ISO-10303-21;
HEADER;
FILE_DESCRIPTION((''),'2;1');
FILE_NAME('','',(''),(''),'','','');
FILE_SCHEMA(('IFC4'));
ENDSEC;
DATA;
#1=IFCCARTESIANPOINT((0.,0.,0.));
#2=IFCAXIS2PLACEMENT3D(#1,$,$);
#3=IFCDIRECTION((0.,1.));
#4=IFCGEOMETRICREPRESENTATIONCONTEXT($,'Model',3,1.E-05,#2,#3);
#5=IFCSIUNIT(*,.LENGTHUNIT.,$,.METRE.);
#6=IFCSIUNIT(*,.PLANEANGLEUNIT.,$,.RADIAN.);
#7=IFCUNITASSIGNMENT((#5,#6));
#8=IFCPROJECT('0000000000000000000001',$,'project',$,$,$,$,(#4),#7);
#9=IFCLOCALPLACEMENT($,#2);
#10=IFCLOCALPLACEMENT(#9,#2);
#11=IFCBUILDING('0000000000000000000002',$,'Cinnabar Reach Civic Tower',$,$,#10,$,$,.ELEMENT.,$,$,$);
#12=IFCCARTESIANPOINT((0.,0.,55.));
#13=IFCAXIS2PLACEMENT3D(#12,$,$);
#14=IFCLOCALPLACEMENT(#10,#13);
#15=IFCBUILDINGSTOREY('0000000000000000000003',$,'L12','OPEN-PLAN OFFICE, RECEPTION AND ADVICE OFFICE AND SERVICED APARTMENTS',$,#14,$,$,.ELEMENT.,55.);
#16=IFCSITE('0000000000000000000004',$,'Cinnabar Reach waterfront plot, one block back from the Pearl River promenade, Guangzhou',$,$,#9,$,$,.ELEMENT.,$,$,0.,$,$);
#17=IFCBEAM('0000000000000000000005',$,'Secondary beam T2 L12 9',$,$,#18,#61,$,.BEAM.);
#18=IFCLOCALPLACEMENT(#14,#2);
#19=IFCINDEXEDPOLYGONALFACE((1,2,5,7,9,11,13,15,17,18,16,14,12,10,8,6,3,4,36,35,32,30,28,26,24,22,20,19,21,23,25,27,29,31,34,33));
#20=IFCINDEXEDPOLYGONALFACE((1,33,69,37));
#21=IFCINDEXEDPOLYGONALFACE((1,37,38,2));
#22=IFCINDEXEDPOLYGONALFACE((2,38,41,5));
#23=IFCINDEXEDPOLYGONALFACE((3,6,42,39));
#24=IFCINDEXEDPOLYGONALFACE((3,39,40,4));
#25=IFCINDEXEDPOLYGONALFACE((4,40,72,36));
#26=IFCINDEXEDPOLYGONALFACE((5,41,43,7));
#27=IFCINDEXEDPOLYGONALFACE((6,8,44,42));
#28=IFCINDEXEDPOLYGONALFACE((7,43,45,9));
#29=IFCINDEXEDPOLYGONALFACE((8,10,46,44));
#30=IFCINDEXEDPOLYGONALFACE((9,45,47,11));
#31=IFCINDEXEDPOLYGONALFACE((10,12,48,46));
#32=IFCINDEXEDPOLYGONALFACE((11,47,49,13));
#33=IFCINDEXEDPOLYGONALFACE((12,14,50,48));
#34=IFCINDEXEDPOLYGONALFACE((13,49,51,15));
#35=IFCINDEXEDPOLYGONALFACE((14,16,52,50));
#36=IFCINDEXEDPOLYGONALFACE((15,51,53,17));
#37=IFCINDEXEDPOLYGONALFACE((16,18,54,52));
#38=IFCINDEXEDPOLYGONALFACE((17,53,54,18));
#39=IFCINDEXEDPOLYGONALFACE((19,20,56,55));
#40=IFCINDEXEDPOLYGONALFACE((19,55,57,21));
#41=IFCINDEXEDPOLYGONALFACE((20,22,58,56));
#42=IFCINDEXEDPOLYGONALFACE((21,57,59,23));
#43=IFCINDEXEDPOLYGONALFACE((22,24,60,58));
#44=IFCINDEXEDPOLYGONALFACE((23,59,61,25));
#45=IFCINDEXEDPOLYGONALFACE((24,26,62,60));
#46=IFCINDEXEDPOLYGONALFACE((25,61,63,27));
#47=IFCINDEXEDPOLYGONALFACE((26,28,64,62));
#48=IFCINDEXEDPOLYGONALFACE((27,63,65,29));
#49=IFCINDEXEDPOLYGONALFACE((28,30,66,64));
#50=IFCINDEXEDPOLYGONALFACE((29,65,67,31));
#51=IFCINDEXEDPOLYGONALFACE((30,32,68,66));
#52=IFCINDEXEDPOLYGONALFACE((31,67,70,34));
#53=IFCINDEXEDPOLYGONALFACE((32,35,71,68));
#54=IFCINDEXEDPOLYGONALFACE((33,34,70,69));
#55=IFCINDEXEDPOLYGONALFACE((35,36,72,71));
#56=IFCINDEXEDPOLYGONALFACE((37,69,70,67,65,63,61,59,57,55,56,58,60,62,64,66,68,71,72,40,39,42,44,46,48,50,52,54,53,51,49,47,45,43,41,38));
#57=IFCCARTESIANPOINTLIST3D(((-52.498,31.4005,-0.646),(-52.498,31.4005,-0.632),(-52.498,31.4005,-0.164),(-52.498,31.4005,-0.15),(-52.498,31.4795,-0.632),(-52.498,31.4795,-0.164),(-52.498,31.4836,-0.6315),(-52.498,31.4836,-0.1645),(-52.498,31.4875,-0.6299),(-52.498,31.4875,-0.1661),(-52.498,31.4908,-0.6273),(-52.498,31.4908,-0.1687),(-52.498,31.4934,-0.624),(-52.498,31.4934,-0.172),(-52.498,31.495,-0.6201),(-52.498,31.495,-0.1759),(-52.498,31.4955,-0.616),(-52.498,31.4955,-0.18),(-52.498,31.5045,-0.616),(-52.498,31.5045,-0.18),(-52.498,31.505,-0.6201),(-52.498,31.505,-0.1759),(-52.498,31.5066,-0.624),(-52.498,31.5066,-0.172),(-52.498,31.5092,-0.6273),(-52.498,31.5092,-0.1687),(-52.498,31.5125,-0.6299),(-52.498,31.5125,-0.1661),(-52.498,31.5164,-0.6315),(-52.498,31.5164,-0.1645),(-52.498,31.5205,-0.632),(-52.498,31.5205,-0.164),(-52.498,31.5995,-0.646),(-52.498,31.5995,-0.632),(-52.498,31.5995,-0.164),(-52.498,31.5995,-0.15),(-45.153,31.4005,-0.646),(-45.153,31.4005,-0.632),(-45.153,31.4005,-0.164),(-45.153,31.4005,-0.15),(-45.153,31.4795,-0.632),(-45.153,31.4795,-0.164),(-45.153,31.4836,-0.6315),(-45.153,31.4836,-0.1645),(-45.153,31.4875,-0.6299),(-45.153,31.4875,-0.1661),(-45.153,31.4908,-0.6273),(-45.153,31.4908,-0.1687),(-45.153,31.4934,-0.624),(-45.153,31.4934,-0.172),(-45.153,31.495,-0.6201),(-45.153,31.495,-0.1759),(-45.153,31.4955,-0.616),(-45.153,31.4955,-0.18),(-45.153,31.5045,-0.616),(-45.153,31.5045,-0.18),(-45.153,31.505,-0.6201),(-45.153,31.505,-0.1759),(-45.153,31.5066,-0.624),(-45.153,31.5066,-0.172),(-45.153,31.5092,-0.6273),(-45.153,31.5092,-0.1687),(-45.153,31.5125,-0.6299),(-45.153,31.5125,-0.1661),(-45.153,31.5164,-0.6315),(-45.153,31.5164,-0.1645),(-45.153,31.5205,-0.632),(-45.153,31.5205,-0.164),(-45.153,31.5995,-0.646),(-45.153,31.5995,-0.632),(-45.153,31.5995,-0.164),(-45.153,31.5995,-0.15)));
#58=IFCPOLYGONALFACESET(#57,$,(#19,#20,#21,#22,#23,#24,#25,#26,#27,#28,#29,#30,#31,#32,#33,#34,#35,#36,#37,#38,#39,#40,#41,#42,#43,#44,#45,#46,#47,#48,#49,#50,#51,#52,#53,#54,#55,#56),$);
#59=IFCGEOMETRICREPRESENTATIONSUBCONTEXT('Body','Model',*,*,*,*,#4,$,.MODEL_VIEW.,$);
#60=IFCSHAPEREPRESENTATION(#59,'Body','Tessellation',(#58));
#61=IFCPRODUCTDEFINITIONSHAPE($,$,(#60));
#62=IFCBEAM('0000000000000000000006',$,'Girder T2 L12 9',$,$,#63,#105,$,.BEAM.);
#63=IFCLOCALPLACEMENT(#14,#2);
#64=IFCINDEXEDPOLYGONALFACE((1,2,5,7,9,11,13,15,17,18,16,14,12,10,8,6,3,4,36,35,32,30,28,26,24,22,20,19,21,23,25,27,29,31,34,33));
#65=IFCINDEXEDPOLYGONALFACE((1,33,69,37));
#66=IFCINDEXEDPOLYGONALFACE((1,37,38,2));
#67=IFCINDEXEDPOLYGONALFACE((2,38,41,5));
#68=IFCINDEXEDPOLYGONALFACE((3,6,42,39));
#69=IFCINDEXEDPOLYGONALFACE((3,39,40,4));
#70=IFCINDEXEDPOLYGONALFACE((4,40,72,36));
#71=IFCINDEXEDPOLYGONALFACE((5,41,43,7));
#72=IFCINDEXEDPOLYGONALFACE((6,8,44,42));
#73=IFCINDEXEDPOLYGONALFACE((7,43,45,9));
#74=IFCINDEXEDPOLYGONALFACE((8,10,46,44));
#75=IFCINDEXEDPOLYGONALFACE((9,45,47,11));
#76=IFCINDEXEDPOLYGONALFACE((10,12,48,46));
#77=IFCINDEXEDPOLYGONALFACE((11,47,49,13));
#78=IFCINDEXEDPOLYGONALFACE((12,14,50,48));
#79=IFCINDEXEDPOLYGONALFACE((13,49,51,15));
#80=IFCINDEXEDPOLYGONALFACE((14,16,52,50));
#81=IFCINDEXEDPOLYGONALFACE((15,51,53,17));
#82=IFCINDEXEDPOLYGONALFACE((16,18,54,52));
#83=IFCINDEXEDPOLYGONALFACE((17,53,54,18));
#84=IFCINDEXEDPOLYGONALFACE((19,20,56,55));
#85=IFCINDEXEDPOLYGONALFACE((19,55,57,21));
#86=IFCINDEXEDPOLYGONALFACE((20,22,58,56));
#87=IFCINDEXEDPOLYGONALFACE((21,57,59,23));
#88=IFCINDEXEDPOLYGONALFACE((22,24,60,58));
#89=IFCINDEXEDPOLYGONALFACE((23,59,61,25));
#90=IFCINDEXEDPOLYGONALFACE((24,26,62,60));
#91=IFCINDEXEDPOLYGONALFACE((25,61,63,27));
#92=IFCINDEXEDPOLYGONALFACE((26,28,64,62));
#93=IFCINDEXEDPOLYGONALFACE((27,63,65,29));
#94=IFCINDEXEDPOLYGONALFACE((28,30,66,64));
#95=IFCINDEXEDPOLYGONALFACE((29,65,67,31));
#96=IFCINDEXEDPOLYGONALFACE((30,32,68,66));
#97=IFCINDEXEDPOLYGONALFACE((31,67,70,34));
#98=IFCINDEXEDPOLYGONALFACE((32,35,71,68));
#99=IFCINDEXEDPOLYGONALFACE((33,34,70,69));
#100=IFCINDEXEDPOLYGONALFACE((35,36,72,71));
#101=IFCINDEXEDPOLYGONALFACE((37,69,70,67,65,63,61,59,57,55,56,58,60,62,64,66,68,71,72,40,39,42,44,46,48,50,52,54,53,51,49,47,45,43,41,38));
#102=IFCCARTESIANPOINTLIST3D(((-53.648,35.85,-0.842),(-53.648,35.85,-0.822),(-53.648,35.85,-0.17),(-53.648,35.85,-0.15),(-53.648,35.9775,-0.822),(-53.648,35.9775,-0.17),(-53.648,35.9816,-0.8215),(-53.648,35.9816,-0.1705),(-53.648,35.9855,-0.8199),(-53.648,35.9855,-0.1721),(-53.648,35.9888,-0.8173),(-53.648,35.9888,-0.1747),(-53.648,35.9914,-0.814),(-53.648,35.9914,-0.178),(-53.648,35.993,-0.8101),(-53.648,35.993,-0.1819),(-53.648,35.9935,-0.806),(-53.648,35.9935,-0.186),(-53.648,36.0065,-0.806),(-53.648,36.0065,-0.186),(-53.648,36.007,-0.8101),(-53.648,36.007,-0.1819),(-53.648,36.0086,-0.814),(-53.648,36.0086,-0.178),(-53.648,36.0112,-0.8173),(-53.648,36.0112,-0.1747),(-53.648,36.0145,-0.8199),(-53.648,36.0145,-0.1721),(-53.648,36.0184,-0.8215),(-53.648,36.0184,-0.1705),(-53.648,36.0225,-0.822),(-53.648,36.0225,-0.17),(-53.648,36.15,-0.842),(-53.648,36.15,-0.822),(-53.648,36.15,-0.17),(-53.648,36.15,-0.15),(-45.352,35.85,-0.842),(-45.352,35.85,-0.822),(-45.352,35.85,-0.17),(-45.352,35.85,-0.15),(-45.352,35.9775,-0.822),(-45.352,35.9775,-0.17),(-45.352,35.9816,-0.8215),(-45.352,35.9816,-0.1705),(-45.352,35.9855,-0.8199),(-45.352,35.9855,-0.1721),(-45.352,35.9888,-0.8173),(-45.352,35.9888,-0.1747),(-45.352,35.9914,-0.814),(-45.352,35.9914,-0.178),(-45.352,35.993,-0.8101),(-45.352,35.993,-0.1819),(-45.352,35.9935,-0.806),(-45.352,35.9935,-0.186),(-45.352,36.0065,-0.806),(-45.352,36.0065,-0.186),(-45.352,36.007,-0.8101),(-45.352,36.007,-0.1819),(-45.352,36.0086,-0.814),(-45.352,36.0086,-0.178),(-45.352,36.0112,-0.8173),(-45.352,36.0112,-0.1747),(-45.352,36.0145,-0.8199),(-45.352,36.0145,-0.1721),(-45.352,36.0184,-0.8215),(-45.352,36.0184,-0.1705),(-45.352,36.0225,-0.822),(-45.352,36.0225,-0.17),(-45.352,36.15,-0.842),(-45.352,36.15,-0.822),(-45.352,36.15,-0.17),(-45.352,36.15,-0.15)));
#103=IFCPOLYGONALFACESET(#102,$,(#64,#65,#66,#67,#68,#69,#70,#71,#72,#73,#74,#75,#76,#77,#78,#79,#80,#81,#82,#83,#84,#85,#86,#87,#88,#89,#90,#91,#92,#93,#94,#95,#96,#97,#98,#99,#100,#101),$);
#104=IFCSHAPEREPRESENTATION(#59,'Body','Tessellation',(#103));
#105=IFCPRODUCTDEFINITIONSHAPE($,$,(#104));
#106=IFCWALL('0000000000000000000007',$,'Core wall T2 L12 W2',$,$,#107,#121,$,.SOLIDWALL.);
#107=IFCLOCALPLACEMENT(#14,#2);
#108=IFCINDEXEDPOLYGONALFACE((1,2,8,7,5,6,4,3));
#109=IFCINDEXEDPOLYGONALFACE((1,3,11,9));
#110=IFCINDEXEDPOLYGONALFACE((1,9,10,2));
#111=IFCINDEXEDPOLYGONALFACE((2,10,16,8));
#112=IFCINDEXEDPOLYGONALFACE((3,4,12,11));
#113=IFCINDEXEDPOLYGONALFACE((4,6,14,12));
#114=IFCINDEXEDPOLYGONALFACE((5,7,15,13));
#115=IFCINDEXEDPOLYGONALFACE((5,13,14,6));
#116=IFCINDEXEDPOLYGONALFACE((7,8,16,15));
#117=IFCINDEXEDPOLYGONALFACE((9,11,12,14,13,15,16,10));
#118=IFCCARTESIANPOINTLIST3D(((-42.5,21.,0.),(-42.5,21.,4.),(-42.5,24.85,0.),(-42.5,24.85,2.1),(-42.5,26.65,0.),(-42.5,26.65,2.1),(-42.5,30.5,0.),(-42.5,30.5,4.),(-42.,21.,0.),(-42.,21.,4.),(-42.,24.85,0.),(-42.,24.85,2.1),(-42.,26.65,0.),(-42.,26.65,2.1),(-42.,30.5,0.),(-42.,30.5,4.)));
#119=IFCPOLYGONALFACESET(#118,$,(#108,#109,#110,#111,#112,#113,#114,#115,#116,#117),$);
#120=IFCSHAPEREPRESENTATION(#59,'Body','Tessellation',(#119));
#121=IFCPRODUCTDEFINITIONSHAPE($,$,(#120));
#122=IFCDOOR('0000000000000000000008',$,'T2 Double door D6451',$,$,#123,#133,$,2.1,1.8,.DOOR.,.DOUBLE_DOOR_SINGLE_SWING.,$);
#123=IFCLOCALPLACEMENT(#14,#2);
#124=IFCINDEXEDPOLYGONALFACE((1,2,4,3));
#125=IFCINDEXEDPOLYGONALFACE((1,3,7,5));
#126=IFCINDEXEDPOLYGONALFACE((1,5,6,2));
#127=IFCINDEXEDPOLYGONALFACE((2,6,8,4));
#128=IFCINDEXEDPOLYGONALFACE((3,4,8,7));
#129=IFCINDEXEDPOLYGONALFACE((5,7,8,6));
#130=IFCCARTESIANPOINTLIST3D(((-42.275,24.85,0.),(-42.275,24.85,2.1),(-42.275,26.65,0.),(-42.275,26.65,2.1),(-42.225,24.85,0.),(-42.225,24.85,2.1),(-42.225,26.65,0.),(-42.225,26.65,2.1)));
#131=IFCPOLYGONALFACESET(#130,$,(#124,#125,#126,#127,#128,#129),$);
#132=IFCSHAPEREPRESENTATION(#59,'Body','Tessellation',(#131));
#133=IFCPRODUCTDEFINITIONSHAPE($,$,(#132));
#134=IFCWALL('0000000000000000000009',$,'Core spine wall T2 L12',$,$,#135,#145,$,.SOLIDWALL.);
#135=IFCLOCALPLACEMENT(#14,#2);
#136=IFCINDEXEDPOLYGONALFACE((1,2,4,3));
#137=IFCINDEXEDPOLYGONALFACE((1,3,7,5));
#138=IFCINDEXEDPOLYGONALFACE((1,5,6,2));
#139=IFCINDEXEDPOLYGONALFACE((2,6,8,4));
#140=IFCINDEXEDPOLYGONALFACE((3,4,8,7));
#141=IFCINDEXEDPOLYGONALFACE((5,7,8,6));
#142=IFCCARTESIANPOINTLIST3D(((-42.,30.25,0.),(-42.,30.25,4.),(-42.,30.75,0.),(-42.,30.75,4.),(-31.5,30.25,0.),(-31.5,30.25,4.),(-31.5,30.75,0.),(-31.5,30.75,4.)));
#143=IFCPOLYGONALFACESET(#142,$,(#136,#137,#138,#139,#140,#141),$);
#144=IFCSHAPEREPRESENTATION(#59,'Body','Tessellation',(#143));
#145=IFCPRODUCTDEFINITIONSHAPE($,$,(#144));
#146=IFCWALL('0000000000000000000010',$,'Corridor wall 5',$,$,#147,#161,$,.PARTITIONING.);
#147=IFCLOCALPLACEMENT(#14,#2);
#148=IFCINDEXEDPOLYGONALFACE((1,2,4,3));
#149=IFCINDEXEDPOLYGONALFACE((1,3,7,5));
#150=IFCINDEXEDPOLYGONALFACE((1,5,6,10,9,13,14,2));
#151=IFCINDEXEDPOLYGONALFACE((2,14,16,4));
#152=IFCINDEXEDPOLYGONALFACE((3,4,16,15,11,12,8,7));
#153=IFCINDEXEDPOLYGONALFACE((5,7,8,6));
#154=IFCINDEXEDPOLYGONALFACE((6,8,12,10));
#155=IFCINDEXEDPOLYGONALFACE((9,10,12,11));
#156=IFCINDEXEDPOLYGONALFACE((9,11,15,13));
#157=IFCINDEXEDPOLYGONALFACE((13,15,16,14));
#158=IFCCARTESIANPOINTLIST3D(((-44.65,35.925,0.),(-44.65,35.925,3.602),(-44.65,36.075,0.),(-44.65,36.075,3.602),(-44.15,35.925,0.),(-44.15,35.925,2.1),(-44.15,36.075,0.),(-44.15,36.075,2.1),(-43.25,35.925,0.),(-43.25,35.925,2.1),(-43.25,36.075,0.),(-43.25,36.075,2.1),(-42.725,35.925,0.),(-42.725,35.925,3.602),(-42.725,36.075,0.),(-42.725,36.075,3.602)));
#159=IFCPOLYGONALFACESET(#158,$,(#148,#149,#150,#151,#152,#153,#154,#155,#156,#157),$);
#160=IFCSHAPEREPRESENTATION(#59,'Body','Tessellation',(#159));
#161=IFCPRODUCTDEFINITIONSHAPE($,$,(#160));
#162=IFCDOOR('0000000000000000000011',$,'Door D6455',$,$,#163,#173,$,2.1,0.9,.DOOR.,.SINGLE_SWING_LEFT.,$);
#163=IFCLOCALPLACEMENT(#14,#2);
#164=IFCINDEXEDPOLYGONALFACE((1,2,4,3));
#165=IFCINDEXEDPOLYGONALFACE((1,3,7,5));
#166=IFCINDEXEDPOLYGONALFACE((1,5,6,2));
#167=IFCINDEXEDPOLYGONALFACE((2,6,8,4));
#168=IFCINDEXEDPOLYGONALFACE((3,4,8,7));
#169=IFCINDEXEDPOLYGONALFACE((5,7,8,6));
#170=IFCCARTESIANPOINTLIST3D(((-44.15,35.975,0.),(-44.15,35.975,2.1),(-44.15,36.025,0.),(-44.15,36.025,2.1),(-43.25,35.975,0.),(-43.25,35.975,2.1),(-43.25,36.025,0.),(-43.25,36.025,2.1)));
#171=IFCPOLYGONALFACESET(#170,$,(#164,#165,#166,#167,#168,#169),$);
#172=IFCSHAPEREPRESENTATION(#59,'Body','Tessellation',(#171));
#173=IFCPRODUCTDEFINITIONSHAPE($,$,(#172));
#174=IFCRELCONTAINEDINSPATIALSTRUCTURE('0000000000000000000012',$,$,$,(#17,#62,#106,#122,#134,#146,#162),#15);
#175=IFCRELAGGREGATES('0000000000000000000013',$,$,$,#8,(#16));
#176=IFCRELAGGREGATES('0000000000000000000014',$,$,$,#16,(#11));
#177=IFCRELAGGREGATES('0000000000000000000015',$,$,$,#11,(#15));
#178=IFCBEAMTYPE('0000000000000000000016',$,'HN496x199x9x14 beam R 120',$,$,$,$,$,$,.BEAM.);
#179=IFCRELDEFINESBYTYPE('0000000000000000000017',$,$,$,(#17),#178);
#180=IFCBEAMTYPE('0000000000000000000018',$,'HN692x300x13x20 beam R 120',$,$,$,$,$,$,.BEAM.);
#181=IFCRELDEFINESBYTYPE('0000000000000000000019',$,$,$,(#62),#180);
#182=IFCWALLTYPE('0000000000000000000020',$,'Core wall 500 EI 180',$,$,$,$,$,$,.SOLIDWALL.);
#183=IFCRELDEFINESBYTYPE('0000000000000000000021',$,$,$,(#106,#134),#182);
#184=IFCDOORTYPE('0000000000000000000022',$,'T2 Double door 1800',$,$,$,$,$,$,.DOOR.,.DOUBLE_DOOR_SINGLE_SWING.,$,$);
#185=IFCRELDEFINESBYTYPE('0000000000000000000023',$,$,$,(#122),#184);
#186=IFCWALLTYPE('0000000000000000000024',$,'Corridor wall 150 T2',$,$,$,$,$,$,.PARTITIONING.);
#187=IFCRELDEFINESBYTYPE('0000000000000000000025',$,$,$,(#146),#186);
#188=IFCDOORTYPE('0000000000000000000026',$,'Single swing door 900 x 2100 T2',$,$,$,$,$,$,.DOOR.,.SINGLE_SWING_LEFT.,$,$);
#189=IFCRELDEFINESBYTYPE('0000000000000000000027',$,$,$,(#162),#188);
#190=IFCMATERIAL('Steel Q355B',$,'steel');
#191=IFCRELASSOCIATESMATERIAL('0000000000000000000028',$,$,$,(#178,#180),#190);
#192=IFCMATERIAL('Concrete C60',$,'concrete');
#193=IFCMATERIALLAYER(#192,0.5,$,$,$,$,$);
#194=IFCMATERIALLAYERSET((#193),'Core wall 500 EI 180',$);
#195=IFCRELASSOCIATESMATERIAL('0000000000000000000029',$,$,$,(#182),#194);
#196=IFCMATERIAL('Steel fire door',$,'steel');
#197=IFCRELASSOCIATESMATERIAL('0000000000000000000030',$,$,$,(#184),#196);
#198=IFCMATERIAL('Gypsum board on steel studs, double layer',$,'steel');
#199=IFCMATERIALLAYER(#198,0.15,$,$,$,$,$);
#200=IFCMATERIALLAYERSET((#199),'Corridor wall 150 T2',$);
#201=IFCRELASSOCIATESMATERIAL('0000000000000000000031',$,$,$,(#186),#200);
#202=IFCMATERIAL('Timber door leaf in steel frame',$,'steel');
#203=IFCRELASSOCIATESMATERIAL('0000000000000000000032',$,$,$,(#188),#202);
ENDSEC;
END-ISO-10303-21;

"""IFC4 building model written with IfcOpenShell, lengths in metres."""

from ifc_helpers import new_model, si_unit, direction, frame, frame_2d, origin, origin_2d, place, context, subcontext, project, spatial, rectangle, i_section, extrude, material, layer, layer_set, material_profile, profile_set, type_object, element, fill, save


model = new_model("IFC4")

# Units and contexts
model_context = context("Model", 3, precision=1e-05, world=origin(), true_north=direction((0.0, 1.0)))
body_context = subcontext(model_context, "Body", "Model", "MODEL_VIEW")
ifc_project = project(units=[si_unit("LENGTHUNIT", "METRE"), si_unit("PLANEANGLEUNIT", "RADIAN")], contexts=[model_context])

# Site, building, storey
site_placement = place(None, origin())
site = spatial("IfcSite", under=ifc_project, at=site_placement, Name="Cinnabar Reach waterfront plot, one block back from the Pearl River promenade, Guangzhou", CompositionType="ELEMENT", RefElevation=0.0)
building_placement = place(site_placement, origin())
building = spatial("IfcBuilding", under=site, at=building_placement, Name="Cinnabar Reach Civic Tower", CompositionType="ELEMENT")
storey_placement = place(building_placement, frame((0.0, 0.0, 55.0)))
storey = spatial("IfcBuildingStorey", under=building, at=storey_placement, Name="L12", Description="OPEN-PLAN OFFICE, RECEPTION AND ADVICE OFFICE AND SERVICED APARTMENTS", CompositionType="ELEMENT", Elevation=55.0)

# Shared definitions
ifc_material_1 = material(Name="Concrete C60", Category="concrete")

# Beams
ifc_material_2 = material(Name="Steel Q355B", Category="steel")
ifc_material_profile_1 = material_profile(ifc_material_2, i_section(OverallWidth=0.199, OverallDepth=0.496, WebThickness=0.009, FlangeThickness=0.014, FilletRadius=0.016, at=origin_2d()), Name="HN496x199x9x14")
ifc_profile_set_1 = profile_set([ifc_material_profile_1], Name="Steel Q355B")
beam_type_1 = type_object("IfcBeamType", Name="HN496x199x9x14 beam R 120", PredefinedType="BEAM", material=ifc_profile_set_1)
beam_1_placement = place(storey_placement, frame((-52.498, 31.5, -0.398), z_axis=(1.0, 0.0, 0.0), x_axis=(0.0, 1.0, 0.0)))
element("IfcBeam", 1, at=beam_1_placement, inside=storey, type_object=beam_type_1, Name="Secondary beam T2 L12 9", PredefinedType="BEAM", context=body_context, shape_type="SweptSolid", body=[
    extrude(i_section(OverallWidth=0.199, OverallDepth=0.496, WebThickness=0.009, FlangeThickness=0.014, FilletRadius=0.016, at=origin_2d()), origin(), (0.0, 0.0, 1.0), 7.345),
])
ifc_material_profile_2 = material_profile(ifc_material_2, i_section(OverallWidth=0.3, OverallDepth=0.692, WebThickness=0.013, FlangeThickness=0.02, FilletRadius=0.016, at=origin_2d()), Name="HN692x300x13x20")
ifc_profile_set_2 = profile_set([ifc_material_profile_2], Name="Steel Q355B")
beam_type_2 = type_object("IfcBeamType", Name="HN692x300x13x20 beam R 120", PredefinedType="BEAM", material=ifc_profile_set_2)
beam_2_placement = place(storey_placement, frame((-53.648, 36.0, -0.496), z_axis=(1.0, 0.0, 0.0), x_axis=(0.0, 1.0, 0.0)))
element("IfcBeam", 2, at=beam_2_placement, inside=storey, type_object=beam_type_2, Name="Girder T2 L12 9", PredefinedType="BEAM", context=body_context, shape_type="SweptSolid", body=[
    extrude(i_section(OverallWidth=0.3, OverallDepth=0.692, WebThickness=0.013, FlangeThickness=0.02, FilletRadius=0.016, at=origin_2d()), origin(), (0.0, 0.0, 1.0), 8.296),
])

# Wall, opening, door
ifc_layer_1 = layer(ifc_material_1, 0.5)
ifc_layer_set_1 = layer_set([ifc_layer_1], Name="Core wall 500 EI 180")
wall_type_1 = type_object("IfcWallType", Name="Core wall 500 EI 180", PredefinedType="SOLIDWALL", material=ifc_layer_set_1)
wall_1_placement = place(storey_placement, frame((-42.25, 30.5, 0.0), z_axis=(0.0, 0.0, 1.0), x_axis=(0.0, -1.0, 0.0)))
wall_1 = element("IfcWall", 3, at=wall_1_placement, inside=storey, type_object=wall_type_1, Name="Core wall T2 L12 W2", PredefinedType="SOLIDWALL", context=body_context, shape_type="SweptSolid", body=[
    extrude(rectangle(XDim=9.5, YDim=0.5, at=frame_2d((4.75, 0.0))), origin(), (0.0, 0.0, 1.0), 4.0),
])
opening_1_placement = place(wall_1_placement, frame((3.85, 0.0, 0.0)))
opening_1 = element("IfcOpeningElement", 4, at=opening_1_placement, cuts=wall_1, PredefinedType="OPENING", context=body_context, shape_type="SweptSolid", body=[
    extrude(rectangle(XDim=1.8, YDim=2.1, at=frame_2d((0.9, 1.05))), frame((0.0, 0.26, 0.0), z_axis=(0.0, -1.0, 0.0), x_axis=(1.0, 0.0, 0.0)), (0.0, 0.0, 1.0), 0.52),
])
ifc_material_3 = material(Name="Steel fire door", Category="steel")
door_type_1 = type_object("IfcDoorType", Name="T2 Double door 1800", OperationType="DOUBLE_DOOR_SINGLE_SWING", PredefinedType="DOOR", material=ifc_material_3)
door_1_placement = place(opening_1_placement, origin())
door_1 = element("IfcDoor", 5, at=door_1_placement, inside=storey, type_object=door_type_1, Name="T2 Double door D6451", OperationType="DOUBLE_DOOR_SINGLE_SWING", OverallHeight=2.1, OverallWidth=1.8, PredefinedType="DOOR", context=body_context, shape_type="SweptSolid", body=[
    extrude(rectangle(XDim=1.8, YDim=2.1, at=frame_2d((0.9, 1.05))), frame((0.0, 0.025, 0.0), z_axis=(0.0, -1.0, 0.0), x_axis=(1.0, 0.0, 0.0)), (0.0, 0.0, 1.0), 0.05),
])
fill(opening_1, door_1)

# Wall
wall_2_placement = place(storey_placement, frame((-42.0, 30.5, 0.0), z_axis=(0.0, 0.0, 1.0), x_axis=(1.0, 0.0, 0.0)))
element("IfcWall", 6, at=wall_2_placement, inside=storey, type_object=wall_type_1, Name="Core spine wall T2 L12", PredefinedType="SOLIDWALL", context=body_context, shape_type="SweptSolid", body=[
    extrude(rectangle(XDim=10.5, YDim=0.5, at=frame_2d((5.25, 0.0))), origin(), (0.0, 0.0, 1.0), 4.0),
])

# Wall, opening, door
ifc_material_4 = material(Name="Gypsum board on steel studs, double layer", Category="steel")
ifc_layer_2 = layer(ifc_material_4, 0.15)
ifc_layer_set_2 = layer_set([ifc_layer_2], Name="Corridor wall 150 T2")
wall_type_2 = type_object("IfcWallType", Name="Corridor wall 150 T2", PredefinedType="PARTITIONING", material=ifc_layer_set_2)
wall_3_placement = place(storey_placement, frame((-44.65, 36.0, 0.0), z_axis=(0.0, 0.0, 1.0), x_axis=(1.0, 0.0, 0.0)))
wall_3 = element("IfcWall", 7, at=wall_3_placement, inside=storey, type_object=wall_type_2, Name="Corridor wall 5", PredefinedType="PARTITIONING", context=body_context, shape_type="SweptSolid", body=[
    extrude(rectangle(XDim=1.925, YDim=0.15, at=frame_2d((0.9625, 0.0))), origin(), (0.0, 0.0, 1.0), 3.602),
])
opening_2_placement = place(wall_3_placement, frame((0.5, 0.0, 0.0)))
opening_2 = element("IfcOpeningElement", 8, at=opening_2_placement, cuts=wall_3, PredefinedType="OPENING", context=body_context, shape_type="SweptSolid", body=[
    extrude(rectangle(XDim=0.9, YDim=2.1, at=frame_2d((0.45, 1.05))), frame((0.0, 0.085, 0.0), z_axis=(0.0, -1.0, 0.0), x_axis=(1.0, 0.0, 0.0)), (0.0, 0.0, 1.0), 0.17),
])
ifc_material_5 = material(Name="Timber door leaf in steel frame", Category="steel")
door_type_2 = type_object("IfcDoorType", Name="Single swing door 900 x 2100 T2", OperationType="SINGLE_SWING_LEFT", PredefinedType="DOOR", material=ifc_material_5)
door_2_placement = place(opening_2_placement, origin())
door_2 = element("IfcDoor", 9, at=door_2_placement, inside=storey, type_object=door_type_2, Name="Door D6455", OperationType="SINGLE_SWING_LEFT", OverallHeight=2.1, OverallWidth=0.9, PredefinedType="DOOR", context=body_context, shape_type="SweptSolid", body=[
    extrude(rectangle(XDim=0.9, YDim=2.1, at=frame_2d((0.45, 1.05))), frame((0.0, 0.025, 0.0), z_axis=(0.0, -1.0, 0.0), x_axis=(1.0, 0.0, 0.0)), (0.0, 0.0, 1.0), 0.05),
])
fill(opening_2, door_2)

save(model, "model.ifc")
